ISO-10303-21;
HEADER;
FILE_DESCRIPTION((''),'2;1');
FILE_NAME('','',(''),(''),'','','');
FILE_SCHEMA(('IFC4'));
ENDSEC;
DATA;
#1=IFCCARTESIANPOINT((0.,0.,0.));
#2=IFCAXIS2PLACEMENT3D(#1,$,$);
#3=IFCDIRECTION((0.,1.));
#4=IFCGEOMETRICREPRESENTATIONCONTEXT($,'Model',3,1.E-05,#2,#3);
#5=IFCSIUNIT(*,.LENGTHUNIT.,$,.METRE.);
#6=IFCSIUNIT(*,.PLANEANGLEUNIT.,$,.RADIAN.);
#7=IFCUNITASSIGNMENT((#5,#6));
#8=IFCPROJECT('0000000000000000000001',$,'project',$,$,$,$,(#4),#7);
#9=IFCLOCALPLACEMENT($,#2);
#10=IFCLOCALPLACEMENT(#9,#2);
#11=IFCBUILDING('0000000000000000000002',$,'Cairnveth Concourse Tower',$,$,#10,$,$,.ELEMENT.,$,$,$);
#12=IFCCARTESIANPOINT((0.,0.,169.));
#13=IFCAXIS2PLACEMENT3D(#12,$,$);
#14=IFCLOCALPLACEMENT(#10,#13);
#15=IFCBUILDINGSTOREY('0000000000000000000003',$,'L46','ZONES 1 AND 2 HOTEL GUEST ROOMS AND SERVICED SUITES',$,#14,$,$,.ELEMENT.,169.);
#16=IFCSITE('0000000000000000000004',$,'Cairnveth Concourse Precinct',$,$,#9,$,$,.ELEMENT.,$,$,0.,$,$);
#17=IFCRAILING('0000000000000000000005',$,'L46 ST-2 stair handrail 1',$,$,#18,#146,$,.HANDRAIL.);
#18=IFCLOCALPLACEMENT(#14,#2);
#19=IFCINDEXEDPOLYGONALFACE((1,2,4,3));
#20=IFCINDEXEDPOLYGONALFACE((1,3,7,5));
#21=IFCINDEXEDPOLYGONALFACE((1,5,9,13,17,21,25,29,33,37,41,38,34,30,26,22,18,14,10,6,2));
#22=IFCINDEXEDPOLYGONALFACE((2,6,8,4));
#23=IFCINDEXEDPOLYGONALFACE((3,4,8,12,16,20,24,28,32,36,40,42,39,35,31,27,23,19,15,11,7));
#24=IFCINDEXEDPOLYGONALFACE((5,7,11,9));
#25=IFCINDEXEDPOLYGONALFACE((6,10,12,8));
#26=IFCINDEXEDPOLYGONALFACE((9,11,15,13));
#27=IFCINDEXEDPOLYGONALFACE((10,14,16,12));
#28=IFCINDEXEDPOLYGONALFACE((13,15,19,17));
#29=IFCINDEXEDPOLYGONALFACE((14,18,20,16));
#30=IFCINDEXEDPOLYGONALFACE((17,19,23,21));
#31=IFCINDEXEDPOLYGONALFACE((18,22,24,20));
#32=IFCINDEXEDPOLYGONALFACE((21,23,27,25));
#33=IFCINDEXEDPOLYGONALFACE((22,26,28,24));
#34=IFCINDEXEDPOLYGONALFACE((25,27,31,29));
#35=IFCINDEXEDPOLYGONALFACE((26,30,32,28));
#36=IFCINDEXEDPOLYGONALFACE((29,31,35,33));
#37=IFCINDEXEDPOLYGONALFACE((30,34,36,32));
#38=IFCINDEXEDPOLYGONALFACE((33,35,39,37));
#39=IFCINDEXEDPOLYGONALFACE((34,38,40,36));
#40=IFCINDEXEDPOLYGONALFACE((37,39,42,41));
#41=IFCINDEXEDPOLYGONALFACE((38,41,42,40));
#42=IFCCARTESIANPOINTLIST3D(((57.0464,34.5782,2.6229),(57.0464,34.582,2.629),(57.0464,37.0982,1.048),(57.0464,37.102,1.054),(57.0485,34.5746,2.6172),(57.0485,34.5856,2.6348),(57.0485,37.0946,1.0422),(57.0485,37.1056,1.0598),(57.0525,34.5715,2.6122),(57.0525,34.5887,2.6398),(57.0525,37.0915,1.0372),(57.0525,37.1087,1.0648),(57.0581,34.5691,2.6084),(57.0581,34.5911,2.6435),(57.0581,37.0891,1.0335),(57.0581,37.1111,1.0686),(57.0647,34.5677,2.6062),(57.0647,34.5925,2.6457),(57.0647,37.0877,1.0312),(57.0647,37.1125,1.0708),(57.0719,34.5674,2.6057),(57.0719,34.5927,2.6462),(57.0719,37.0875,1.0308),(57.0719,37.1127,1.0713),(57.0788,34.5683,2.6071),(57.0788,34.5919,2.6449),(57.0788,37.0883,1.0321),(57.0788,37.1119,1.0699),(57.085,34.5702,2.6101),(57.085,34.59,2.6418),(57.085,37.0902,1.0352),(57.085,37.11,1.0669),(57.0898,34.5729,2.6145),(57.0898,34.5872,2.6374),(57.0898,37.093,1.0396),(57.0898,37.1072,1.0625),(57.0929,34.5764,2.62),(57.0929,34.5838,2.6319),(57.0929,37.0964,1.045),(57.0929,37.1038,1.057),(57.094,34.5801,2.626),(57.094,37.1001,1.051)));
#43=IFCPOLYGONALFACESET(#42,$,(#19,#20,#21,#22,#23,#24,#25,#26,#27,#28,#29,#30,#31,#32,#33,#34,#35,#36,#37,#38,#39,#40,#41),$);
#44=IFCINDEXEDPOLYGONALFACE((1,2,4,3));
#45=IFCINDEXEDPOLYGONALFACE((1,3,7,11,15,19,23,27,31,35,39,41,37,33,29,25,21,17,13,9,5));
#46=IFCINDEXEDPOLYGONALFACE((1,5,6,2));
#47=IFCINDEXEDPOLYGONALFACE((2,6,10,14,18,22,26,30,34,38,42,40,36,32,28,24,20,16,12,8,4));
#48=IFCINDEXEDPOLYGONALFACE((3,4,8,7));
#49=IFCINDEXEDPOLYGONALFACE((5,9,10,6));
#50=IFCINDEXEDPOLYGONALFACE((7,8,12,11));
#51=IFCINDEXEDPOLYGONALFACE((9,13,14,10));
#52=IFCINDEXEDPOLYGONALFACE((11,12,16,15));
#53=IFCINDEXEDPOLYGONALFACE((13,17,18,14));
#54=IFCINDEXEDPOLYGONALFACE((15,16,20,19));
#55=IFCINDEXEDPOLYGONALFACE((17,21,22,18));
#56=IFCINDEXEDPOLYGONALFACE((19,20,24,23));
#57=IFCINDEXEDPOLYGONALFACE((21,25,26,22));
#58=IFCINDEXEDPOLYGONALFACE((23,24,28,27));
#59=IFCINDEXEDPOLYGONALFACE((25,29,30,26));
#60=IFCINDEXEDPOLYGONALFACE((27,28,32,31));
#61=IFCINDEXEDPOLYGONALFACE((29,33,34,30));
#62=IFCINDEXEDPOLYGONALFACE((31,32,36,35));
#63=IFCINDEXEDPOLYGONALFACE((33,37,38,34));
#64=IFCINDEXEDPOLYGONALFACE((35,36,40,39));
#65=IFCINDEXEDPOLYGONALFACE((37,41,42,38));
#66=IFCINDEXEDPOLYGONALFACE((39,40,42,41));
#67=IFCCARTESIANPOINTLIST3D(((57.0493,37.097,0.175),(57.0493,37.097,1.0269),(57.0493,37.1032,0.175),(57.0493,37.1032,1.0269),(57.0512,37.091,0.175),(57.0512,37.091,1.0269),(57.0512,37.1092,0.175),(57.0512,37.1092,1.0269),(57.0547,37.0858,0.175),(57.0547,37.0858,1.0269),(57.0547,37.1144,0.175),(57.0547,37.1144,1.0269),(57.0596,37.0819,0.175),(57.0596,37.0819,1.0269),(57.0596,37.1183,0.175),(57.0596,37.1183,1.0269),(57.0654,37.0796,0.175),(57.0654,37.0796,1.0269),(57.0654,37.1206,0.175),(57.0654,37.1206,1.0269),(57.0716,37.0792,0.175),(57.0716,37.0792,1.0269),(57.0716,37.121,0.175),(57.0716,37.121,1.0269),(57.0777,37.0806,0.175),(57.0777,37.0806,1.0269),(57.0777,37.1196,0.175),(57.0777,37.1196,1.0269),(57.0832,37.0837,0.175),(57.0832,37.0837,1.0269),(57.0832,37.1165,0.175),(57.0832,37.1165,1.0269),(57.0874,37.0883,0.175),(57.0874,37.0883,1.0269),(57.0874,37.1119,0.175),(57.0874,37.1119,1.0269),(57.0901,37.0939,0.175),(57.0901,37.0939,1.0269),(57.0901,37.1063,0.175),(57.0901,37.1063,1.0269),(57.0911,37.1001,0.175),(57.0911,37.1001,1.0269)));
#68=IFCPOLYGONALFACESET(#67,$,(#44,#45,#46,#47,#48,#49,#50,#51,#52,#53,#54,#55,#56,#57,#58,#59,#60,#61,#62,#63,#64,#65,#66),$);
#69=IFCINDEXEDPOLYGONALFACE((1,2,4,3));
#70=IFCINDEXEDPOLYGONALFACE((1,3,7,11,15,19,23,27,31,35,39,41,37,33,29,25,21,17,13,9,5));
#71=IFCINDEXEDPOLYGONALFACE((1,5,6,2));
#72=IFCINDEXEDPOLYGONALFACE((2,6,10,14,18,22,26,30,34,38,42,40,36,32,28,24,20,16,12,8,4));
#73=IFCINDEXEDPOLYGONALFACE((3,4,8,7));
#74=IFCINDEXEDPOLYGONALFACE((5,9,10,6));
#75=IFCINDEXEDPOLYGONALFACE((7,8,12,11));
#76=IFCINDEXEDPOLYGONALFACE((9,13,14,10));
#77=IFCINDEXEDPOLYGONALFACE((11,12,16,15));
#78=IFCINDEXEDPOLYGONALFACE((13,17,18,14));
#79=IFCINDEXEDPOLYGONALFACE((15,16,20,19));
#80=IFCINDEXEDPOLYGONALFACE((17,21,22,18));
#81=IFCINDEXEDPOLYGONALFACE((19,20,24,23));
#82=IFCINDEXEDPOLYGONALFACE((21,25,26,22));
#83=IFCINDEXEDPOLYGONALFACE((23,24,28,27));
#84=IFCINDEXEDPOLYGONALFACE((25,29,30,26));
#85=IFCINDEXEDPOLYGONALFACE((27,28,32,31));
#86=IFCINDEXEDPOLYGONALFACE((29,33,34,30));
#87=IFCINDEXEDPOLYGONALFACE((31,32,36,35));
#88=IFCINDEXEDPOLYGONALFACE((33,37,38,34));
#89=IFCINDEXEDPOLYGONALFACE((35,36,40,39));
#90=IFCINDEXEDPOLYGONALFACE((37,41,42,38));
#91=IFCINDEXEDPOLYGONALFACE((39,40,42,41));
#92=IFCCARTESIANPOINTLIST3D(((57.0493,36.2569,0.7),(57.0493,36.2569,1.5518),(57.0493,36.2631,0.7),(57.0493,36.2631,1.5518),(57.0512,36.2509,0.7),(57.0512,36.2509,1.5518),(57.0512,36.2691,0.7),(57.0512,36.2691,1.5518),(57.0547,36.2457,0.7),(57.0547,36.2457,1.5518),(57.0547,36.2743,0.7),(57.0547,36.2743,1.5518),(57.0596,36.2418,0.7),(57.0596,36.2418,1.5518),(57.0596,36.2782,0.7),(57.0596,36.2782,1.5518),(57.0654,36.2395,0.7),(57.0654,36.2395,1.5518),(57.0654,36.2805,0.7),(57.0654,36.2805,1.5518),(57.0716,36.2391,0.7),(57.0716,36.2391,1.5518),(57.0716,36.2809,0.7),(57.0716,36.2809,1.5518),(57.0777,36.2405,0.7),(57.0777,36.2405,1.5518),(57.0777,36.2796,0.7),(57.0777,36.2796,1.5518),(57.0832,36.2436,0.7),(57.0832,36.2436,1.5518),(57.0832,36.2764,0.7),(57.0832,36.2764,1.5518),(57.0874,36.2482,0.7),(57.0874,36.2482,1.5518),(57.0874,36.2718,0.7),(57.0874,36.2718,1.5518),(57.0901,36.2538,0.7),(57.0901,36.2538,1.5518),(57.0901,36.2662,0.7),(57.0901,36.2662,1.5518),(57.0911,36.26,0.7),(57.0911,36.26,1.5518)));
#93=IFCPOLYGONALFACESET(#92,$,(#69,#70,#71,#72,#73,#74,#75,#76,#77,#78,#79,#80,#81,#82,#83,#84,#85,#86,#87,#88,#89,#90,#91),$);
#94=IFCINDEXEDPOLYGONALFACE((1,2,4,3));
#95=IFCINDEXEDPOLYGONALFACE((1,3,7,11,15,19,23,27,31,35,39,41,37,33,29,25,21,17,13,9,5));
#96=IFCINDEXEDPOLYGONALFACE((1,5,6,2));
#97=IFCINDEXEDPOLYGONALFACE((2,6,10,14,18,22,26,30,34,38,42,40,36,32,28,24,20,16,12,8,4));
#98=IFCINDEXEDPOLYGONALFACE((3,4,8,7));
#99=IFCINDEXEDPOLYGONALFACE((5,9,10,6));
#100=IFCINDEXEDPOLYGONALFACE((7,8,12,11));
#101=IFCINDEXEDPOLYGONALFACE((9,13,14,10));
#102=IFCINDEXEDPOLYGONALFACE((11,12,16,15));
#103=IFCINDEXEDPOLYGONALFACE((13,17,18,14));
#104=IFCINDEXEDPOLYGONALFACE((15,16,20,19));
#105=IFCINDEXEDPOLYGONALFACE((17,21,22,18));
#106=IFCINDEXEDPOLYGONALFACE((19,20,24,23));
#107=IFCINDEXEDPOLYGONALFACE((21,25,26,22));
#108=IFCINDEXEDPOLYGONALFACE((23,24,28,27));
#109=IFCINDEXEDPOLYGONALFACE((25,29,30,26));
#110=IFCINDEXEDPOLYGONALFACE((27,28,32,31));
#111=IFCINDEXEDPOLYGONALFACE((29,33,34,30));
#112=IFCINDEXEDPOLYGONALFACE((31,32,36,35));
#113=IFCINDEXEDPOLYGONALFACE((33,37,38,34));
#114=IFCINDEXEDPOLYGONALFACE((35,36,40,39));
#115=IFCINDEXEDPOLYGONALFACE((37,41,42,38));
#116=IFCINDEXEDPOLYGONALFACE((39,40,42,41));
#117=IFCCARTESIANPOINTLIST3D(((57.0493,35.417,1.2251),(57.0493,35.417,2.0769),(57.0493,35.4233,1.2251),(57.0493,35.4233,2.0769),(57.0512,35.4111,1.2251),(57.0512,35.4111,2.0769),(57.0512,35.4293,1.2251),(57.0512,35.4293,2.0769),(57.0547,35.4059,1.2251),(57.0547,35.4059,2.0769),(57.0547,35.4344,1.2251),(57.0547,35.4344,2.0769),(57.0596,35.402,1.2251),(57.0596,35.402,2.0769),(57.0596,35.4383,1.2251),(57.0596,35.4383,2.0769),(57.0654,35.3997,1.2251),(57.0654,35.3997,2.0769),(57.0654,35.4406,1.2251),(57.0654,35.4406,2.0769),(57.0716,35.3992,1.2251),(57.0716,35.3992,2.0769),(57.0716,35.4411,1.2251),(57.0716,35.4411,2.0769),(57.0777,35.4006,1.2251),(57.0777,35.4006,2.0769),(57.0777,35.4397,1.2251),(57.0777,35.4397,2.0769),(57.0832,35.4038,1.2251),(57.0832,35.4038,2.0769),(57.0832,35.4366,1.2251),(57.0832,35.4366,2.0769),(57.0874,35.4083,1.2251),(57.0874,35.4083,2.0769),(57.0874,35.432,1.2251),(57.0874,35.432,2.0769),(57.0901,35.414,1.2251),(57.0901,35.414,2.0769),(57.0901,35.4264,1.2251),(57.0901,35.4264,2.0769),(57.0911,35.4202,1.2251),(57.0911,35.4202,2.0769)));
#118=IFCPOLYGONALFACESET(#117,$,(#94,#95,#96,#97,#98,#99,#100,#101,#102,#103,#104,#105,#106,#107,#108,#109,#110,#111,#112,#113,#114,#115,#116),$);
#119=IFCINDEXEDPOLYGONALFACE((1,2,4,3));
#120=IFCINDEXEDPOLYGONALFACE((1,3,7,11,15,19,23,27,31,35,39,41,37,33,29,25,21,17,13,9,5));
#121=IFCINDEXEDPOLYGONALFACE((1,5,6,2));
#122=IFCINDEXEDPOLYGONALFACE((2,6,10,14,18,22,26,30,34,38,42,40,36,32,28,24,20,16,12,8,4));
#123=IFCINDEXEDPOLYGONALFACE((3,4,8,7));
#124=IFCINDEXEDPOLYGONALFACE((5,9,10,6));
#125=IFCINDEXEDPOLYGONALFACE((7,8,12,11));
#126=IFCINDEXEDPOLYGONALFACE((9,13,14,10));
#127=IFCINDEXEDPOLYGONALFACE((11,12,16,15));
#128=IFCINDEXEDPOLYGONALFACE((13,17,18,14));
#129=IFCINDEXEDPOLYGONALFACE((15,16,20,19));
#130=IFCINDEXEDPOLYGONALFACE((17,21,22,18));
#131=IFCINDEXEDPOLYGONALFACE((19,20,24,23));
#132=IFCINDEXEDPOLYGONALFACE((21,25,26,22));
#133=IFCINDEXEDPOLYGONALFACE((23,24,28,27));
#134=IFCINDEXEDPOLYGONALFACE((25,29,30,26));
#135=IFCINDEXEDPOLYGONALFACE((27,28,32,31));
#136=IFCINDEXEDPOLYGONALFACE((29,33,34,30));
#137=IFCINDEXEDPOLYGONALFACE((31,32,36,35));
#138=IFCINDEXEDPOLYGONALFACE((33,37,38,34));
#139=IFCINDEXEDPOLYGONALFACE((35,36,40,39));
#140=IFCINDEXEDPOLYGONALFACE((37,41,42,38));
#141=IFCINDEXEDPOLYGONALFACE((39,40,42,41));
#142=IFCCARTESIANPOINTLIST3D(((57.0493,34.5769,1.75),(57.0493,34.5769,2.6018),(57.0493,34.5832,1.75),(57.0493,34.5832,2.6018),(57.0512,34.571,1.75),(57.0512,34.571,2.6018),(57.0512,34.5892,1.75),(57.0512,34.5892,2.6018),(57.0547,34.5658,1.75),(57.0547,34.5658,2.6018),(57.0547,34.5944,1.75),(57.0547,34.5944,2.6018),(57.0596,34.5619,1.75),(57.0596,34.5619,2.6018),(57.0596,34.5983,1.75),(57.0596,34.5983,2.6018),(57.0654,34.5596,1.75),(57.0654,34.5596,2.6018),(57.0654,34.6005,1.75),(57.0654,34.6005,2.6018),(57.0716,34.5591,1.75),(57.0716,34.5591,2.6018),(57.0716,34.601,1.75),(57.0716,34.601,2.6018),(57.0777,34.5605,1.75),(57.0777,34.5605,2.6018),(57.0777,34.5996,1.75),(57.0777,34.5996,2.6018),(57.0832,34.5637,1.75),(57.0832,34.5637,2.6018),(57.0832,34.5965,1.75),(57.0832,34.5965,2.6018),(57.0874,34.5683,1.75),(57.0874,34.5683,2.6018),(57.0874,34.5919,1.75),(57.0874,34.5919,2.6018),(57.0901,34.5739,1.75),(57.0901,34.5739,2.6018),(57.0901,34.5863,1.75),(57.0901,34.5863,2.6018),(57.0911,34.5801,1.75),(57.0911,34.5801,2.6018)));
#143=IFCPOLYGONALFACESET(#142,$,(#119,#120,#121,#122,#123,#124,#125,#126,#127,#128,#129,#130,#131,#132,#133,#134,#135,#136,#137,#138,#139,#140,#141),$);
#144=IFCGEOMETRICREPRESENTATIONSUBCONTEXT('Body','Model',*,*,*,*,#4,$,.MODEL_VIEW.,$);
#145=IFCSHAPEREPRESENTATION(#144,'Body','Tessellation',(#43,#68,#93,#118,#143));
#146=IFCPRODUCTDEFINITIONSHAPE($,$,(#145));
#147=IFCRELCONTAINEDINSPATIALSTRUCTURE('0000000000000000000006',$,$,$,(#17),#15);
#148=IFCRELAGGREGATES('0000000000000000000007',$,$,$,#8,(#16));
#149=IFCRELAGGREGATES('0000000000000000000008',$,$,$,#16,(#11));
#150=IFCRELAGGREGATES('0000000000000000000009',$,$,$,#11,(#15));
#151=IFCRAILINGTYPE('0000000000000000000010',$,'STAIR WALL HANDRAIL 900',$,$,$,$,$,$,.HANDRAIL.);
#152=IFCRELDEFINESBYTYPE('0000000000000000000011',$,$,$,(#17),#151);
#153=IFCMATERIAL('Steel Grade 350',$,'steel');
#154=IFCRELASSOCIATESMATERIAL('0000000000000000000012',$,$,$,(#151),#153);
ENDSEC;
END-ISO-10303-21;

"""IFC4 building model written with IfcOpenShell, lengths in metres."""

from ifc_helpers import new_model, si_unit, direction, frame, origin, origin_2d, place, context, subcontext, project, spatial, circle, extrude, material, type_object, element, save


model = new_model("IFC4")

# Units and contexts
model_context = context("Model", 3, precision=1e-05, world=origin(), true_north=direction((0.0, 1.0)))
body_context = subcontext(model_context, "Body", "Model", "MODEL_VIEW")
ifc_project = project(units=[si_unit("LENGTHUNIT", "METRE"), si_unit("PLANEANGLEUNIT", "RADIAN")], contexts=[model_context])

# Site, building, storey
site_placement = place(None, origin())
site = spatial("IfcSite", under=ifc_project, at=site_placement, Name="Cairnveth Concourse Precinct", CompositionType="ELEMENT", RefElevation=0.0)
building_placement = place(site_placement, origin())
building = spatial("IfcBuilding", under=site, at=building_placement, Name="Cairnveth Concourse Tower", CompositionType="ELEMENT")
storey_placement = place(building_placement, frame((0.0, 0.0, 169.0)))
storey = spatial("IfcBuildingStorey", under=building, at=storey_placement, Name="L46", Description="ZONES 1 AND 2 HOTEL GUEST ROOMS AND SERVICED SUITES", CompositionType="ELEMENT", Elevation=169.0)

# Shared definitions
ifc_material_1 = material(Name="Steel Grade 350", Category="steel")

# Railing
railing_type = type_object("IfcRailingType", Name="STAIR WALL HANDRAIL 900", PredefinedType="HANDRAIL", material=ifc_material_1)
railing_placement = place(storey_placement, frame((57.0701, 37.1001, 0.175)))
element("IfcRailing", 1, at=railing_placement, inside=storey, type_object=railing_type, Name="L46 ST-2 stair handrail 1", PredefinedType="HANDRAIL", context=body_context, shape_type="SweptSolid", body=[
    extrude(circle(Radius=0.0239, at=origin_2d()), frame((0.0, 0.0, 0.876), z_axis=(0.0, -0.848008, 0.529984), x_axis=(1.0, 0.0, 0.0)), (0.0, 0.0, 1.0), 2.9717),
    extrude(circle(Radius=0.021, at=origin_2d()), origin(), (0.0, 0.0, 1.0), 0.8518),
    extrude(circle(Radius=0.021, at=origin_2d()), frame((0.0, -0.8401, 0.5249)), (0.0, 0.0, 1.0), 0.8518),
    extrude(circle(Radius=0.021, at=origin_2d()), frame((0.0, -1.6799, 1.05)), (0.0, 0.0, 1.0), 0.8518),
    extrude(circle(Radius=0.021, at=origin_2d()), frame((0.0, -2.52, 1.575)), (0.0, 0.0, 1.0), 0.8518),
])

save(model, "model.ifc")
